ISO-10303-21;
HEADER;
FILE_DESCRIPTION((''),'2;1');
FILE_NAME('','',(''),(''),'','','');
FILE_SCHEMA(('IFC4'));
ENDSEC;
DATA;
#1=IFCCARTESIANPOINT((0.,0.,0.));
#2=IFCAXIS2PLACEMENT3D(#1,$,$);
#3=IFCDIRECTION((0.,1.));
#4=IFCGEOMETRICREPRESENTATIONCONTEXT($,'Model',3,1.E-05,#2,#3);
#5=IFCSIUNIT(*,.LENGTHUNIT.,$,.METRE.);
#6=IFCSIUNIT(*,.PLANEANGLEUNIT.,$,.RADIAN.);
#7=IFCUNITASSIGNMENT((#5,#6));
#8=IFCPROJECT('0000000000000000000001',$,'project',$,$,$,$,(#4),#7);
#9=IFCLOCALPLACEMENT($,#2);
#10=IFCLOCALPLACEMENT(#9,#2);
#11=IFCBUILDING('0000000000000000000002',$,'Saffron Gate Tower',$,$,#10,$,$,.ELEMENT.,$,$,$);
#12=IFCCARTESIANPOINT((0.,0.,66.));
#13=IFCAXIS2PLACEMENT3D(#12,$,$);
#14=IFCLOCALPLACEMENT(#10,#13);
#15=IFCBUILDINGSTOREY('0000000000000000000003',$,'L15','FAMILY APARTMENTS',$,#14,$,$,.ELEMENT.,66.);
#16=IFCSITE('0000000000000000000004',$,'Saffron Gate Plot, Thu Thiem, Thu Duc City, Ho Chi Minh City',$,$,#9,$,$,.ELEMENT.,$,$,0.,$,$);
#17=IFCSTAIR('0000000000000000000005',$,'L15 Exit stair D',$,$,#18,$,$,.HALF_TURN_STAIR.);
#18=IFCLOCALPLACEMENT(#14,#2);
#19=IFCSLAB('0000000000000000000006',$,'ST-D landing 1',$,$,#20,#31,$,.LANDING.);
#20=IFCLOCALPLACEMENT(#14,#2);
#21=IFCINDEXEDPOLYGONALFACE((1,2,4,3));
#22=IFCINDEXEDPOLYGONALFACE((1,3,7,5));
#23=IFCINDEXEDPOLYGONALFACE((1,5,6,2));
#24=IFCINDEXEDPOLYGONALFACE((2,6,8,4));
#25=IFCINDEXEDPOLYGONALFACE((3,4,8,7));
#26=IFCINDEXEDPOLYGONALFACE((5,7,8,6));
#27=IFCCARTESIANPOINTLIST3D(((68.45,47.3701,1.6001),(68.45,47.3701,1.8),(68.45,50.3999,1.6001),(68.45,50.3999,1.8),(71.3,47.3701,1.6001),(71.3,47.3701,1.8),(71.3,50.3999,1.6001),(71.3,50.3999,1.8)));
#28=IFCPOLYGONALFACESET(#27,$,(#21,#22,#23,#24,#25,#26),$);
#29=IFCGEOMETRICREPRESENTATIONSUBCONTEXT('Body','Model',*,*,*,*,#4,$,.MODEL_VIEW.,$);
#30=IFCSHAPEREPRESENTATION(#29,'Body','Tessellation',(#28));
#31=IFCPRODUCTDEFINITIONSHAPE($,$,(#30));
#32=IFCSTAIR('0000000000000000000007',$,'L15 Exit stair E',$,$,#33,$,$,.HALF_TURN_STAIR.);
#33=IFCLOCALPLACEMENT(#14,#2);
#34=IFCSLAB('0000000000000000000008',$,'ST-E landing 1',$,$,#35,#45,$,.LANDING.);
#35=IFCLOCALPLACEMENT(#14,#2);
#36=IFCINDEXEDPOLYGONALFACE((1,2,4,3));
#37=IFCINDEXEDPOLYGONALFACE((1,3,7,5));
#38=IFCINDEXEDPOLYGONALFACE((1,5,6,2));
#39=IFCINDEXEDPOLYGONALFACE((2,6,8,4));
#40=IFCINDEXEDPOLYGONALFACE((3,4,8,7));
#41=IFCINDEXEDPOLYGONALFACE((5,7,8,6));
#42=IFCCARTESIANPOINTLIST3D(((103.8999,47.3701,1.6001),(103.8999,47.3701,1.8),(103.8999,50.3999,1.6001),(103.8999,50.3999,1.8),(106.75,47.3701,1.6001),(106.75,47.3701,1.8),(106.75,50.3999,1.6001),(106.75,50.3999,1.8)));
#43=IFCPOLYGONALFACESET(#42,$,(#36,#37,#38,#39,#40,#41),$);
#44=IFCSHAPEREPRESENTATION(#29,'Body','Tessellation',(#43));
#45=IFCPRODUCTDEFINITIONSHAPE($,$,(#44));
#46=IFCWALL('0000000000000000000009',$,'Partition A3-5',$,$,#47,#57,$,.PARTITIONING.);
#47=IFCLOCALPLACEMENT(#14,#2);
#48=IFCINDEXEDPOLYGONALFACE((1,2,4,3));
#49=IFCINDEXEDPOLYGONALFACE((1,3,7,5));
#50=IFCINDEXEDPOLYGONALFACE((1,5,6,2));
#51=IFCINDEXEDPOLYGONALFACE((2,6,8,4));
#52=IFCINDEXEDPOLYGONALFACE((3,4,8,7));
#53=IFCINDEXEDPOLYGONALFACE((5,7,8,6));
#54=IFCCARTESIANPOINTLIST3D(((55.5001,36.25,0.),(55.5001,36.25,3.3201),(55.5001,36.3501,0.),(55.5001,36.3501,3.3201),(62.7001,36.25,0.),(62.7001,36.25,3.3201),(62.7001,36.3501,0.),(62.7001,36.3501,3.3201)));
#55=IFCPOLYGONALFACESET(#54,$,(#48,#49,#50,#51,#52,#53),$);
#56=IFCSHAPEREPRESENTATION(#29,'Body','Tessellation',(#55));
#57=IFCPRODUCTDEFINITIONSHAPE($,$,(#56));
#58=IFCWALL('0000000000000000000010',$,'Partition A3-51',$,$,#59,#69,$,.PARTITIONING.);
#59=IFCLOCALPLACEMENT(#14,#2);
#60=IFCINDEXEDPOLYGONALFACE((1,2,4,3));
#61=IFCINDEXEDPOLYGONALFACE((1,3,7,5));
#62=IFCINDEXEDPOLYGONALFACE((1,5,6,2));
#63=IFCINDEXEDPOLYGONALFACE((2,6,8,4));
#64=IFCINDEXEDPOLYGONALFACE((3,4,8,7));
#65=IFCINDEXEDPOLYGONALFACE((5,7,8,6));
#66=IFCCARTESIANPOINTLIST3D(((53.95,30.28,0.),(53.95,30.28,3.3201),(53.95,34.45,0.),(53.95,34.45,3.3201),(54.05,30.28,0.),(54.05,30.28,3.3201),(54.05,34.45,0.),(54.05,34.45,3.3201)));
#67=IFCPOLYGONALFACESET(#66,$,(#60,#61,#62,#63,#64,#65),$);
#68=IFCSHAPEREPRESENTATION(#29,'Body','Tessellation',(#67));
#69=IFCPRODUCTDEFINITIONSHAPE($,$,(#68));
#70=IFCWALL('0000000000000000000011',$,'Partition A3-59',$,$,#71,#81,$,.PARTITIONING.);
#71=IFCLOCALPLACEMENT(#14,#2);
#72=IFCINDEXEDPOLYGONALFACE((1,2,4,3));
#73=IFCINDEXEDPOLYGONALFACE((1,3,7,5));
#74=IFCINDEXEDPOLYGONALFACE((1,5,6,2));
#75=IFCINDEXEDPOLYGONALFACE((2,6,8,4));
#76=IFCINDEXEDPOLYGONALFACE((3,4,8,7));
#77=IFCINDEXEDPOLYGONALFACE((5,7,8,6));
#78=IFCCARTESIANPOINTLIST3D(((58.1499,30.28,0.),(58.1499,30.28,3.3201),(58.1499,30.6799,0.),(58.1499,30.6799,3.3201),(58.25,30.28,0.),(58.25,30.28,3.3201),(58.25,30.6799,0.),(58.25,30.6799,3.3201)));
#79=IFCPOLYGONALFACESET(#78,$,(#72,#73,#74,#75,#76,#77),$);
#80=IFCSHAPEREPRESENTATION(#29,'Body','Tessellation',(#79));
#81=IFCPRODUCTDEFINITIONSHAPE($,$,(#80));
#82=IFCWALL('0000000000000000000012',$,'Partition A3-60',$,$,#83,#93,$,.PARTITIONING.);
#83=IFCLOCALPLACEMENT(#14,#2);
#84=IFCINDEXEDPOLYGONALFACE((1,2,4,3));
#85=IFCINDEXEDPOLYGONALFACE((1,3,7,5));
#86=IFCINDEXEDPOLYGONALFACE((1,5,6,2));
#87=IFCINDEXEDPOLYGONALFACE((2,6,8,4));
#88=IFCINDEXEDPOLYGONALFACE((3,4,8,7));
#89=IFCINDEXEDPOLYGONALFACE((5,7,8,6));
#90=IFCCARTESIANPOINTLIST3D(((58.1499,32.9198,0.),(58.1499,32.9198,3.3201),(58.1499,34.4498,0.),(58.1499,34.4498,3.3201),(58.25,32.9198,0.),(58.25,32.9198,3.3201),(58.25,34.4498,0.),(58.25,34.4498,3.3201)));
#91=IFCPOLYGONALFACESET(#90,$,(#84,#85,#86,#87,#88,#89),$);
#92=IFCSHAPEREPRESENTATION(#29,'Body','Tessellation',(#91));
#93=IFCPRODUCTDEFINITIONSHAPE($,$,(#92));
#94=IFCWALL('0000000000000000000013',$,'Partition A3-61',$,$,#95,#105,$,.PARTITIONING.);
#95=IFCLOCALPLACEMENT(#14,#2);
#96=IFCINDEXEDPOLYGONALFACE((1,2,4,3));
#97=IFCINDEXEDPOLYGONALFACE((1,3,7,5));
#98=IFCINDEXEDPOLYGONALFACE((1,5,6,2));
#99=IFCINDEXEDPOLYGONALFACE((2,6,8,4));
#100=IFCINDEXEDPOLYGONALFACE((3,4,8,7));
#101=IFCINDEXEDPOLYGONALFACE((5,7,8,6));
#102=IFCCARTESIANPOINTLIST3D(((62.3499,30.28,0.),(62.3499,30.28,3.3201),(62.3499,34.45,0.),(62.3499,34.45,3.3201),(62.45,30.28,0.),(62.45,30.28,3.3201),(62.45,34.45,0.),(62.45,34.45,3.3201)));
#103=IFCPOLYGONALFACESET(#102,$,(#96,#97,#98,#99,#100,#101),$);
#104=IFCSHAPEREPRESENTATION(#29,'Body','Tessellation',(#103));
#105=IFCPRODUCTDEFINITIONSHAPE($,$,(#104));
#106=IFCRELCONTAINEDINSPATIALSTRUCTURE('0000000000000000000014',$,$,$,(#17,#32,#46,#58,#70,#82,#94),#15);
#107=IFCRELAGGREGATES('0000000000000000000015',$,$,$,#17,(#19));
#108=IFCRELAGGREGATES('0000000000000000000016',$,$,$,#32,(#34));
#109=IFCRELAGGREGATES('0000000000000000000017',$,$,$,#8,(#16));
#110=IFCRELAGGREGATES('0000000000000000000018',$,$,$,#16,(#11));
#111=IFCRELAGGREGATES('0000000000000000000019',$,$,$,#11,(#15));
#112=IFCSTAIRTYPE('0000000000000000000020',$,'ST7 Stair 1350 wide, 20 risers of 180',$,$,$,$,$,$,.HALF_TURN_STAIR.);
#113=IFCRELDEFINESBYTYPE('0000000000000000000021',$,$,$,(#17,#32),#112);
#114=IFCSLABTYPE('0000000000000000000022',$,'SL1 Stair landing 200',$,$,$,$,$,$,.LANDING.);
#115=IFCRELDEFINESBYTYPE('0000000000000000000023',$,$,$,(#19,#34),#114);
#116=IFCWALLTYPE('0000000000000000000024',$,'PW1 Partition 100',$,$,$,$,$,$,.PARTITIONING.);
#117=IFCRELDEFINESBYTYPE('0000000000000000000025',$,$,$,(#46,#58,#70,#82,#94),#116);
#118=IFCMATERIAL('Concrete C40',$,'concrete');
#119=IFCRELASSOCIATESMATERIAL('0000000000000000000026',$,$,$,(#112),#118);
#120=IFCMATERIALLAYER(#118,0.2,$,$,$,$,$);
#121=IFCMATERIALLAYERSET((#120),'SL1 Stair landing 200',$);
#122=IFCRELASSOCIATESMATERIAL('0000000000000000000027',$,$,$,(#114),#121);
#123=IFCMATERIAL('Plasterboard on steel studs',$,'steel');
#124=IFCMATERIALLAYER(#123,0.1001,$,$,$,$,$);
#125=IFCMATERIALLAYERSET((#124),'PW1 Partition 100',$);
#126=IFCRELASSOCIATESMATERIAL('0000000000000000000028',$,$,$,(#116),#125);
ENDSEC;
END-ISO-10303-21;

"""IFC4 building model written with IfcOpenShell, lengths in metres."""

from ifc_helpers import new_model, si_unit, direction, frame, frame_2d, origin, place, context, subcontext, project, spatial, polyline, rectangle, outline, extrude, material, layer, layer_set, type_object, element, aggregate, save


model = new_model("IFC4")

# Units and contexts
model_context = context("Model", 3, precision=1e-05, world=origin(), true_north=direction((0.0, 1.0)))
body_context = subcontext(model_context, "Body", "Model", "MODEL_VIEW")
ifc_project = project(units=[si_unit("LENGTHUNIT", "METRE"), si_unit("PLANEANGLEUNIT", "RADIAN")], contexts=[model_context])

# Site, building, storey
site_placement = place(None, origin())
site = spatial("IfcSite", under=ifc_project, at=site_placement, Name="Saffron Gate Plot, Thu Thiem, Thu Duc City, Ho Chi Minh City", CompositionType="ELEMENT", RefElevation=0.0)
building_placement = place(site_placement, origin())
building = spatial("IfcBuilding", under=site, at=building_placement, Name="Saffron Gate Tower", CompositionType="ELEMENT")
storey_placement = place(building_placement, frame((0.0, 0.0, 66.0)))
storey = spatial("IfcBuildingStorey", under=building, at=storey_placement, Name="L15", Description="FAMILY APARTMENTS", CompositionType="ELEMENT", Elevation=66.0)

# Stairs, slabs
ifc_material_1 = material(Name="Concrete C40", Category="concrete")
stair_type = type_object("IfcStairType", Name="ST7 Stair 1350 wide, 20 risers of 180", PredefinedType="HALF_TURN_STAIR", material=ifc_material_1)
ifc_layer_1 = layer(ifc_material_1, 0.2)
ifc_layer_set_1 = layer_set([ifc_layer_1], Name="SL1 Stair landing 200")
slab_type = type_object("IfcSlabType", Name="SL1 Stair landing 200", PredefinedType="LANDING", material=ifc_layer_set_1)
stair_1_placement = place(storey_placement, origin())
stair_1 = element("IfcStair", 1, at=stair_1_placement, inside=storey, type_object=stair_type, Name="L15 Exit stair D", PredefinedType="HALF_TURN_STAIR")
slab_1_placement = place(storey_placement, frame((0.0, 0.0, 1.6001)))
slab_1 = element("IfcSlab", 2, at=slab_1_placement, type_object=slab_type, Name="ST-D landing 1", PredefinedType="LANDING", context=body_context, shape_type="SweptSolid", body=[
    extrude(outline(polyline([(71.3, 47.3701), (71.3, 50.3999), (68.45, 50.3999), (68.45, 47.3701), (71.3, 47.3701)])), origin(), (0.0, 0.0, 1.0), 0.2),
])
aggregate(stair_1, [slab_1])
stair_2_placement = place(storey_placement, origin())
stair_2 = element("IfcStair", 3, at=stair_2_placement, inside=storey, type_object=stair_type, Name="L15 Exit stair E", PredefinedType="HALF_TURN_STAIR")
slab_2_placement = place(storey_placement, frame((0.0, 0.0, 1.6001)))
slab_2 = element("IfcSlab", 4, at=slab_2_placement, type_object=slab_type, Name="ST-E landing 1", PredefinedType="LANDING", context=body_context, shape_type="SweptSolid", body=[
    extrude(outline(polyline([(106.75, 47.3701), (106.75, 50.3999), (103.8999, 50.3999), (103.8999, 47.3701), (106.75, 47.3701)])), origin(), (0.0, 0.0, 1.0), 0.2),
])
aggregate(stair_2, [slab_2])

# Walls
ifc_material_2 = material(Name="Plasterboard on steel studs", Category="steel")
ifc_layer_2 = layer(ifc_material_2, 0.1001)
ifc_layer_set_2 = layer_set([ifc_layer_2], Name="PW1 Partition 100")
wall_type = type_object("IfcWallType", Name="PW1 Partition 100", PredefinedType="PARTITIONING", material=ifc_layer_set_2)
wall_1_placement = place(storey_placement, frame((55.5, 36.3, 0.0), z_axis=(0.0, 0.0, 1.0), x_axis=(1.0, 0.0, 0.0)))
element("IfcWall", 5, at=wall_1_placement, inside=storey, type_object=wall_type, Name="Partition A3-5", PredefinedType="PARTITIONING", context=body_context, shape_type="SweptSolid", body=[
    extrude(rectangle(XDim=7.2, YDim=0.1001, at=frame_2d((3.6001, 0.0))), origin(), (0.0, 0.0, 1.0), 3.3201),
])
wall_2_placement = place(storey_placement, frame((54.0, 34.45, 0.0), z_axis=(0.0, 0.0, 1.0), x_axis=(0.0, -1.0, 0.0)))
element("IfcWall", 6, at=wall_2_placement, inside=storey, type_object=wall_type, Name="Partition A3-51", PredefinedType="PARTITIONING", context=body_context, shape_type="SweptSolid", body=[
    extrude(rectangle(XDim=4.1699, YDim=0.1001, at=frame_2d((2.085, 0.0))), origin(), (0.0, 0.0, 1.0), 3.3201),
])
wall_3_placement = place(storey_placement, frame((58.2, 30.6799, 0.0), z_axis=(0.0, 0.0, 1.0), x_axis=(0.0, -1.0, 0.0)))
element("IfcWall", 7, at=wall_3_placement, inside=storey, type_object=wall_type, Name="Partition A3-59", PredefinedType="PARTITIONING", context=body_context, shape_type="SweptSolid", body=[
    extrude(rectangle(XDim=0.3999, YDim=0.1001, at=frame_2d((0.2, 0.0))), origin(), (0.0, 0.0, 1.0), 3.3201),
])
wall_4_placement = place(storey_placement, frame((58.2, 34.45, 0.0), z_axis=(0.0, 0.0, 1.0), x_axis=(0.0, -1.0, 0.0)))
element("IfcWall", 8, at=wall_4_placement, inside=storey, type_object=wall_type, Name="Partition A3-60", PredefinedType="PARTITIONING", context=body_context, shape_type="SweptSolid", body=[
    extrude(rectangle(XDim=1.53, YDim=0.1001, at=frame_2d((0.7651, 0.0))), origin(), (0.0, 0.0, 1.0), 3.3201),
])
wall_5_placement = place(storey_placement, frame((62.3999, 34.45, 0.0), z_axis=(0.0, 0.0, 1.0), x_axis=(0.0, -1.0, 0.0)))
element("IfcWall", 9, at=wall_5_placement, inside=storey, type_object=wall_type, Name="Partition A3-61", PredefinedType="PARTITIONING", context=body_context, shape_type="SweptSolid", body=[
    extrude(rectangle(XDim=4.1699, YDim=0.1001, at=frame_2d((2.085, 0.0))), origin(), (0.0, 0.0, 1.0), 3.3201),
])

save(model, "model.ifc")
